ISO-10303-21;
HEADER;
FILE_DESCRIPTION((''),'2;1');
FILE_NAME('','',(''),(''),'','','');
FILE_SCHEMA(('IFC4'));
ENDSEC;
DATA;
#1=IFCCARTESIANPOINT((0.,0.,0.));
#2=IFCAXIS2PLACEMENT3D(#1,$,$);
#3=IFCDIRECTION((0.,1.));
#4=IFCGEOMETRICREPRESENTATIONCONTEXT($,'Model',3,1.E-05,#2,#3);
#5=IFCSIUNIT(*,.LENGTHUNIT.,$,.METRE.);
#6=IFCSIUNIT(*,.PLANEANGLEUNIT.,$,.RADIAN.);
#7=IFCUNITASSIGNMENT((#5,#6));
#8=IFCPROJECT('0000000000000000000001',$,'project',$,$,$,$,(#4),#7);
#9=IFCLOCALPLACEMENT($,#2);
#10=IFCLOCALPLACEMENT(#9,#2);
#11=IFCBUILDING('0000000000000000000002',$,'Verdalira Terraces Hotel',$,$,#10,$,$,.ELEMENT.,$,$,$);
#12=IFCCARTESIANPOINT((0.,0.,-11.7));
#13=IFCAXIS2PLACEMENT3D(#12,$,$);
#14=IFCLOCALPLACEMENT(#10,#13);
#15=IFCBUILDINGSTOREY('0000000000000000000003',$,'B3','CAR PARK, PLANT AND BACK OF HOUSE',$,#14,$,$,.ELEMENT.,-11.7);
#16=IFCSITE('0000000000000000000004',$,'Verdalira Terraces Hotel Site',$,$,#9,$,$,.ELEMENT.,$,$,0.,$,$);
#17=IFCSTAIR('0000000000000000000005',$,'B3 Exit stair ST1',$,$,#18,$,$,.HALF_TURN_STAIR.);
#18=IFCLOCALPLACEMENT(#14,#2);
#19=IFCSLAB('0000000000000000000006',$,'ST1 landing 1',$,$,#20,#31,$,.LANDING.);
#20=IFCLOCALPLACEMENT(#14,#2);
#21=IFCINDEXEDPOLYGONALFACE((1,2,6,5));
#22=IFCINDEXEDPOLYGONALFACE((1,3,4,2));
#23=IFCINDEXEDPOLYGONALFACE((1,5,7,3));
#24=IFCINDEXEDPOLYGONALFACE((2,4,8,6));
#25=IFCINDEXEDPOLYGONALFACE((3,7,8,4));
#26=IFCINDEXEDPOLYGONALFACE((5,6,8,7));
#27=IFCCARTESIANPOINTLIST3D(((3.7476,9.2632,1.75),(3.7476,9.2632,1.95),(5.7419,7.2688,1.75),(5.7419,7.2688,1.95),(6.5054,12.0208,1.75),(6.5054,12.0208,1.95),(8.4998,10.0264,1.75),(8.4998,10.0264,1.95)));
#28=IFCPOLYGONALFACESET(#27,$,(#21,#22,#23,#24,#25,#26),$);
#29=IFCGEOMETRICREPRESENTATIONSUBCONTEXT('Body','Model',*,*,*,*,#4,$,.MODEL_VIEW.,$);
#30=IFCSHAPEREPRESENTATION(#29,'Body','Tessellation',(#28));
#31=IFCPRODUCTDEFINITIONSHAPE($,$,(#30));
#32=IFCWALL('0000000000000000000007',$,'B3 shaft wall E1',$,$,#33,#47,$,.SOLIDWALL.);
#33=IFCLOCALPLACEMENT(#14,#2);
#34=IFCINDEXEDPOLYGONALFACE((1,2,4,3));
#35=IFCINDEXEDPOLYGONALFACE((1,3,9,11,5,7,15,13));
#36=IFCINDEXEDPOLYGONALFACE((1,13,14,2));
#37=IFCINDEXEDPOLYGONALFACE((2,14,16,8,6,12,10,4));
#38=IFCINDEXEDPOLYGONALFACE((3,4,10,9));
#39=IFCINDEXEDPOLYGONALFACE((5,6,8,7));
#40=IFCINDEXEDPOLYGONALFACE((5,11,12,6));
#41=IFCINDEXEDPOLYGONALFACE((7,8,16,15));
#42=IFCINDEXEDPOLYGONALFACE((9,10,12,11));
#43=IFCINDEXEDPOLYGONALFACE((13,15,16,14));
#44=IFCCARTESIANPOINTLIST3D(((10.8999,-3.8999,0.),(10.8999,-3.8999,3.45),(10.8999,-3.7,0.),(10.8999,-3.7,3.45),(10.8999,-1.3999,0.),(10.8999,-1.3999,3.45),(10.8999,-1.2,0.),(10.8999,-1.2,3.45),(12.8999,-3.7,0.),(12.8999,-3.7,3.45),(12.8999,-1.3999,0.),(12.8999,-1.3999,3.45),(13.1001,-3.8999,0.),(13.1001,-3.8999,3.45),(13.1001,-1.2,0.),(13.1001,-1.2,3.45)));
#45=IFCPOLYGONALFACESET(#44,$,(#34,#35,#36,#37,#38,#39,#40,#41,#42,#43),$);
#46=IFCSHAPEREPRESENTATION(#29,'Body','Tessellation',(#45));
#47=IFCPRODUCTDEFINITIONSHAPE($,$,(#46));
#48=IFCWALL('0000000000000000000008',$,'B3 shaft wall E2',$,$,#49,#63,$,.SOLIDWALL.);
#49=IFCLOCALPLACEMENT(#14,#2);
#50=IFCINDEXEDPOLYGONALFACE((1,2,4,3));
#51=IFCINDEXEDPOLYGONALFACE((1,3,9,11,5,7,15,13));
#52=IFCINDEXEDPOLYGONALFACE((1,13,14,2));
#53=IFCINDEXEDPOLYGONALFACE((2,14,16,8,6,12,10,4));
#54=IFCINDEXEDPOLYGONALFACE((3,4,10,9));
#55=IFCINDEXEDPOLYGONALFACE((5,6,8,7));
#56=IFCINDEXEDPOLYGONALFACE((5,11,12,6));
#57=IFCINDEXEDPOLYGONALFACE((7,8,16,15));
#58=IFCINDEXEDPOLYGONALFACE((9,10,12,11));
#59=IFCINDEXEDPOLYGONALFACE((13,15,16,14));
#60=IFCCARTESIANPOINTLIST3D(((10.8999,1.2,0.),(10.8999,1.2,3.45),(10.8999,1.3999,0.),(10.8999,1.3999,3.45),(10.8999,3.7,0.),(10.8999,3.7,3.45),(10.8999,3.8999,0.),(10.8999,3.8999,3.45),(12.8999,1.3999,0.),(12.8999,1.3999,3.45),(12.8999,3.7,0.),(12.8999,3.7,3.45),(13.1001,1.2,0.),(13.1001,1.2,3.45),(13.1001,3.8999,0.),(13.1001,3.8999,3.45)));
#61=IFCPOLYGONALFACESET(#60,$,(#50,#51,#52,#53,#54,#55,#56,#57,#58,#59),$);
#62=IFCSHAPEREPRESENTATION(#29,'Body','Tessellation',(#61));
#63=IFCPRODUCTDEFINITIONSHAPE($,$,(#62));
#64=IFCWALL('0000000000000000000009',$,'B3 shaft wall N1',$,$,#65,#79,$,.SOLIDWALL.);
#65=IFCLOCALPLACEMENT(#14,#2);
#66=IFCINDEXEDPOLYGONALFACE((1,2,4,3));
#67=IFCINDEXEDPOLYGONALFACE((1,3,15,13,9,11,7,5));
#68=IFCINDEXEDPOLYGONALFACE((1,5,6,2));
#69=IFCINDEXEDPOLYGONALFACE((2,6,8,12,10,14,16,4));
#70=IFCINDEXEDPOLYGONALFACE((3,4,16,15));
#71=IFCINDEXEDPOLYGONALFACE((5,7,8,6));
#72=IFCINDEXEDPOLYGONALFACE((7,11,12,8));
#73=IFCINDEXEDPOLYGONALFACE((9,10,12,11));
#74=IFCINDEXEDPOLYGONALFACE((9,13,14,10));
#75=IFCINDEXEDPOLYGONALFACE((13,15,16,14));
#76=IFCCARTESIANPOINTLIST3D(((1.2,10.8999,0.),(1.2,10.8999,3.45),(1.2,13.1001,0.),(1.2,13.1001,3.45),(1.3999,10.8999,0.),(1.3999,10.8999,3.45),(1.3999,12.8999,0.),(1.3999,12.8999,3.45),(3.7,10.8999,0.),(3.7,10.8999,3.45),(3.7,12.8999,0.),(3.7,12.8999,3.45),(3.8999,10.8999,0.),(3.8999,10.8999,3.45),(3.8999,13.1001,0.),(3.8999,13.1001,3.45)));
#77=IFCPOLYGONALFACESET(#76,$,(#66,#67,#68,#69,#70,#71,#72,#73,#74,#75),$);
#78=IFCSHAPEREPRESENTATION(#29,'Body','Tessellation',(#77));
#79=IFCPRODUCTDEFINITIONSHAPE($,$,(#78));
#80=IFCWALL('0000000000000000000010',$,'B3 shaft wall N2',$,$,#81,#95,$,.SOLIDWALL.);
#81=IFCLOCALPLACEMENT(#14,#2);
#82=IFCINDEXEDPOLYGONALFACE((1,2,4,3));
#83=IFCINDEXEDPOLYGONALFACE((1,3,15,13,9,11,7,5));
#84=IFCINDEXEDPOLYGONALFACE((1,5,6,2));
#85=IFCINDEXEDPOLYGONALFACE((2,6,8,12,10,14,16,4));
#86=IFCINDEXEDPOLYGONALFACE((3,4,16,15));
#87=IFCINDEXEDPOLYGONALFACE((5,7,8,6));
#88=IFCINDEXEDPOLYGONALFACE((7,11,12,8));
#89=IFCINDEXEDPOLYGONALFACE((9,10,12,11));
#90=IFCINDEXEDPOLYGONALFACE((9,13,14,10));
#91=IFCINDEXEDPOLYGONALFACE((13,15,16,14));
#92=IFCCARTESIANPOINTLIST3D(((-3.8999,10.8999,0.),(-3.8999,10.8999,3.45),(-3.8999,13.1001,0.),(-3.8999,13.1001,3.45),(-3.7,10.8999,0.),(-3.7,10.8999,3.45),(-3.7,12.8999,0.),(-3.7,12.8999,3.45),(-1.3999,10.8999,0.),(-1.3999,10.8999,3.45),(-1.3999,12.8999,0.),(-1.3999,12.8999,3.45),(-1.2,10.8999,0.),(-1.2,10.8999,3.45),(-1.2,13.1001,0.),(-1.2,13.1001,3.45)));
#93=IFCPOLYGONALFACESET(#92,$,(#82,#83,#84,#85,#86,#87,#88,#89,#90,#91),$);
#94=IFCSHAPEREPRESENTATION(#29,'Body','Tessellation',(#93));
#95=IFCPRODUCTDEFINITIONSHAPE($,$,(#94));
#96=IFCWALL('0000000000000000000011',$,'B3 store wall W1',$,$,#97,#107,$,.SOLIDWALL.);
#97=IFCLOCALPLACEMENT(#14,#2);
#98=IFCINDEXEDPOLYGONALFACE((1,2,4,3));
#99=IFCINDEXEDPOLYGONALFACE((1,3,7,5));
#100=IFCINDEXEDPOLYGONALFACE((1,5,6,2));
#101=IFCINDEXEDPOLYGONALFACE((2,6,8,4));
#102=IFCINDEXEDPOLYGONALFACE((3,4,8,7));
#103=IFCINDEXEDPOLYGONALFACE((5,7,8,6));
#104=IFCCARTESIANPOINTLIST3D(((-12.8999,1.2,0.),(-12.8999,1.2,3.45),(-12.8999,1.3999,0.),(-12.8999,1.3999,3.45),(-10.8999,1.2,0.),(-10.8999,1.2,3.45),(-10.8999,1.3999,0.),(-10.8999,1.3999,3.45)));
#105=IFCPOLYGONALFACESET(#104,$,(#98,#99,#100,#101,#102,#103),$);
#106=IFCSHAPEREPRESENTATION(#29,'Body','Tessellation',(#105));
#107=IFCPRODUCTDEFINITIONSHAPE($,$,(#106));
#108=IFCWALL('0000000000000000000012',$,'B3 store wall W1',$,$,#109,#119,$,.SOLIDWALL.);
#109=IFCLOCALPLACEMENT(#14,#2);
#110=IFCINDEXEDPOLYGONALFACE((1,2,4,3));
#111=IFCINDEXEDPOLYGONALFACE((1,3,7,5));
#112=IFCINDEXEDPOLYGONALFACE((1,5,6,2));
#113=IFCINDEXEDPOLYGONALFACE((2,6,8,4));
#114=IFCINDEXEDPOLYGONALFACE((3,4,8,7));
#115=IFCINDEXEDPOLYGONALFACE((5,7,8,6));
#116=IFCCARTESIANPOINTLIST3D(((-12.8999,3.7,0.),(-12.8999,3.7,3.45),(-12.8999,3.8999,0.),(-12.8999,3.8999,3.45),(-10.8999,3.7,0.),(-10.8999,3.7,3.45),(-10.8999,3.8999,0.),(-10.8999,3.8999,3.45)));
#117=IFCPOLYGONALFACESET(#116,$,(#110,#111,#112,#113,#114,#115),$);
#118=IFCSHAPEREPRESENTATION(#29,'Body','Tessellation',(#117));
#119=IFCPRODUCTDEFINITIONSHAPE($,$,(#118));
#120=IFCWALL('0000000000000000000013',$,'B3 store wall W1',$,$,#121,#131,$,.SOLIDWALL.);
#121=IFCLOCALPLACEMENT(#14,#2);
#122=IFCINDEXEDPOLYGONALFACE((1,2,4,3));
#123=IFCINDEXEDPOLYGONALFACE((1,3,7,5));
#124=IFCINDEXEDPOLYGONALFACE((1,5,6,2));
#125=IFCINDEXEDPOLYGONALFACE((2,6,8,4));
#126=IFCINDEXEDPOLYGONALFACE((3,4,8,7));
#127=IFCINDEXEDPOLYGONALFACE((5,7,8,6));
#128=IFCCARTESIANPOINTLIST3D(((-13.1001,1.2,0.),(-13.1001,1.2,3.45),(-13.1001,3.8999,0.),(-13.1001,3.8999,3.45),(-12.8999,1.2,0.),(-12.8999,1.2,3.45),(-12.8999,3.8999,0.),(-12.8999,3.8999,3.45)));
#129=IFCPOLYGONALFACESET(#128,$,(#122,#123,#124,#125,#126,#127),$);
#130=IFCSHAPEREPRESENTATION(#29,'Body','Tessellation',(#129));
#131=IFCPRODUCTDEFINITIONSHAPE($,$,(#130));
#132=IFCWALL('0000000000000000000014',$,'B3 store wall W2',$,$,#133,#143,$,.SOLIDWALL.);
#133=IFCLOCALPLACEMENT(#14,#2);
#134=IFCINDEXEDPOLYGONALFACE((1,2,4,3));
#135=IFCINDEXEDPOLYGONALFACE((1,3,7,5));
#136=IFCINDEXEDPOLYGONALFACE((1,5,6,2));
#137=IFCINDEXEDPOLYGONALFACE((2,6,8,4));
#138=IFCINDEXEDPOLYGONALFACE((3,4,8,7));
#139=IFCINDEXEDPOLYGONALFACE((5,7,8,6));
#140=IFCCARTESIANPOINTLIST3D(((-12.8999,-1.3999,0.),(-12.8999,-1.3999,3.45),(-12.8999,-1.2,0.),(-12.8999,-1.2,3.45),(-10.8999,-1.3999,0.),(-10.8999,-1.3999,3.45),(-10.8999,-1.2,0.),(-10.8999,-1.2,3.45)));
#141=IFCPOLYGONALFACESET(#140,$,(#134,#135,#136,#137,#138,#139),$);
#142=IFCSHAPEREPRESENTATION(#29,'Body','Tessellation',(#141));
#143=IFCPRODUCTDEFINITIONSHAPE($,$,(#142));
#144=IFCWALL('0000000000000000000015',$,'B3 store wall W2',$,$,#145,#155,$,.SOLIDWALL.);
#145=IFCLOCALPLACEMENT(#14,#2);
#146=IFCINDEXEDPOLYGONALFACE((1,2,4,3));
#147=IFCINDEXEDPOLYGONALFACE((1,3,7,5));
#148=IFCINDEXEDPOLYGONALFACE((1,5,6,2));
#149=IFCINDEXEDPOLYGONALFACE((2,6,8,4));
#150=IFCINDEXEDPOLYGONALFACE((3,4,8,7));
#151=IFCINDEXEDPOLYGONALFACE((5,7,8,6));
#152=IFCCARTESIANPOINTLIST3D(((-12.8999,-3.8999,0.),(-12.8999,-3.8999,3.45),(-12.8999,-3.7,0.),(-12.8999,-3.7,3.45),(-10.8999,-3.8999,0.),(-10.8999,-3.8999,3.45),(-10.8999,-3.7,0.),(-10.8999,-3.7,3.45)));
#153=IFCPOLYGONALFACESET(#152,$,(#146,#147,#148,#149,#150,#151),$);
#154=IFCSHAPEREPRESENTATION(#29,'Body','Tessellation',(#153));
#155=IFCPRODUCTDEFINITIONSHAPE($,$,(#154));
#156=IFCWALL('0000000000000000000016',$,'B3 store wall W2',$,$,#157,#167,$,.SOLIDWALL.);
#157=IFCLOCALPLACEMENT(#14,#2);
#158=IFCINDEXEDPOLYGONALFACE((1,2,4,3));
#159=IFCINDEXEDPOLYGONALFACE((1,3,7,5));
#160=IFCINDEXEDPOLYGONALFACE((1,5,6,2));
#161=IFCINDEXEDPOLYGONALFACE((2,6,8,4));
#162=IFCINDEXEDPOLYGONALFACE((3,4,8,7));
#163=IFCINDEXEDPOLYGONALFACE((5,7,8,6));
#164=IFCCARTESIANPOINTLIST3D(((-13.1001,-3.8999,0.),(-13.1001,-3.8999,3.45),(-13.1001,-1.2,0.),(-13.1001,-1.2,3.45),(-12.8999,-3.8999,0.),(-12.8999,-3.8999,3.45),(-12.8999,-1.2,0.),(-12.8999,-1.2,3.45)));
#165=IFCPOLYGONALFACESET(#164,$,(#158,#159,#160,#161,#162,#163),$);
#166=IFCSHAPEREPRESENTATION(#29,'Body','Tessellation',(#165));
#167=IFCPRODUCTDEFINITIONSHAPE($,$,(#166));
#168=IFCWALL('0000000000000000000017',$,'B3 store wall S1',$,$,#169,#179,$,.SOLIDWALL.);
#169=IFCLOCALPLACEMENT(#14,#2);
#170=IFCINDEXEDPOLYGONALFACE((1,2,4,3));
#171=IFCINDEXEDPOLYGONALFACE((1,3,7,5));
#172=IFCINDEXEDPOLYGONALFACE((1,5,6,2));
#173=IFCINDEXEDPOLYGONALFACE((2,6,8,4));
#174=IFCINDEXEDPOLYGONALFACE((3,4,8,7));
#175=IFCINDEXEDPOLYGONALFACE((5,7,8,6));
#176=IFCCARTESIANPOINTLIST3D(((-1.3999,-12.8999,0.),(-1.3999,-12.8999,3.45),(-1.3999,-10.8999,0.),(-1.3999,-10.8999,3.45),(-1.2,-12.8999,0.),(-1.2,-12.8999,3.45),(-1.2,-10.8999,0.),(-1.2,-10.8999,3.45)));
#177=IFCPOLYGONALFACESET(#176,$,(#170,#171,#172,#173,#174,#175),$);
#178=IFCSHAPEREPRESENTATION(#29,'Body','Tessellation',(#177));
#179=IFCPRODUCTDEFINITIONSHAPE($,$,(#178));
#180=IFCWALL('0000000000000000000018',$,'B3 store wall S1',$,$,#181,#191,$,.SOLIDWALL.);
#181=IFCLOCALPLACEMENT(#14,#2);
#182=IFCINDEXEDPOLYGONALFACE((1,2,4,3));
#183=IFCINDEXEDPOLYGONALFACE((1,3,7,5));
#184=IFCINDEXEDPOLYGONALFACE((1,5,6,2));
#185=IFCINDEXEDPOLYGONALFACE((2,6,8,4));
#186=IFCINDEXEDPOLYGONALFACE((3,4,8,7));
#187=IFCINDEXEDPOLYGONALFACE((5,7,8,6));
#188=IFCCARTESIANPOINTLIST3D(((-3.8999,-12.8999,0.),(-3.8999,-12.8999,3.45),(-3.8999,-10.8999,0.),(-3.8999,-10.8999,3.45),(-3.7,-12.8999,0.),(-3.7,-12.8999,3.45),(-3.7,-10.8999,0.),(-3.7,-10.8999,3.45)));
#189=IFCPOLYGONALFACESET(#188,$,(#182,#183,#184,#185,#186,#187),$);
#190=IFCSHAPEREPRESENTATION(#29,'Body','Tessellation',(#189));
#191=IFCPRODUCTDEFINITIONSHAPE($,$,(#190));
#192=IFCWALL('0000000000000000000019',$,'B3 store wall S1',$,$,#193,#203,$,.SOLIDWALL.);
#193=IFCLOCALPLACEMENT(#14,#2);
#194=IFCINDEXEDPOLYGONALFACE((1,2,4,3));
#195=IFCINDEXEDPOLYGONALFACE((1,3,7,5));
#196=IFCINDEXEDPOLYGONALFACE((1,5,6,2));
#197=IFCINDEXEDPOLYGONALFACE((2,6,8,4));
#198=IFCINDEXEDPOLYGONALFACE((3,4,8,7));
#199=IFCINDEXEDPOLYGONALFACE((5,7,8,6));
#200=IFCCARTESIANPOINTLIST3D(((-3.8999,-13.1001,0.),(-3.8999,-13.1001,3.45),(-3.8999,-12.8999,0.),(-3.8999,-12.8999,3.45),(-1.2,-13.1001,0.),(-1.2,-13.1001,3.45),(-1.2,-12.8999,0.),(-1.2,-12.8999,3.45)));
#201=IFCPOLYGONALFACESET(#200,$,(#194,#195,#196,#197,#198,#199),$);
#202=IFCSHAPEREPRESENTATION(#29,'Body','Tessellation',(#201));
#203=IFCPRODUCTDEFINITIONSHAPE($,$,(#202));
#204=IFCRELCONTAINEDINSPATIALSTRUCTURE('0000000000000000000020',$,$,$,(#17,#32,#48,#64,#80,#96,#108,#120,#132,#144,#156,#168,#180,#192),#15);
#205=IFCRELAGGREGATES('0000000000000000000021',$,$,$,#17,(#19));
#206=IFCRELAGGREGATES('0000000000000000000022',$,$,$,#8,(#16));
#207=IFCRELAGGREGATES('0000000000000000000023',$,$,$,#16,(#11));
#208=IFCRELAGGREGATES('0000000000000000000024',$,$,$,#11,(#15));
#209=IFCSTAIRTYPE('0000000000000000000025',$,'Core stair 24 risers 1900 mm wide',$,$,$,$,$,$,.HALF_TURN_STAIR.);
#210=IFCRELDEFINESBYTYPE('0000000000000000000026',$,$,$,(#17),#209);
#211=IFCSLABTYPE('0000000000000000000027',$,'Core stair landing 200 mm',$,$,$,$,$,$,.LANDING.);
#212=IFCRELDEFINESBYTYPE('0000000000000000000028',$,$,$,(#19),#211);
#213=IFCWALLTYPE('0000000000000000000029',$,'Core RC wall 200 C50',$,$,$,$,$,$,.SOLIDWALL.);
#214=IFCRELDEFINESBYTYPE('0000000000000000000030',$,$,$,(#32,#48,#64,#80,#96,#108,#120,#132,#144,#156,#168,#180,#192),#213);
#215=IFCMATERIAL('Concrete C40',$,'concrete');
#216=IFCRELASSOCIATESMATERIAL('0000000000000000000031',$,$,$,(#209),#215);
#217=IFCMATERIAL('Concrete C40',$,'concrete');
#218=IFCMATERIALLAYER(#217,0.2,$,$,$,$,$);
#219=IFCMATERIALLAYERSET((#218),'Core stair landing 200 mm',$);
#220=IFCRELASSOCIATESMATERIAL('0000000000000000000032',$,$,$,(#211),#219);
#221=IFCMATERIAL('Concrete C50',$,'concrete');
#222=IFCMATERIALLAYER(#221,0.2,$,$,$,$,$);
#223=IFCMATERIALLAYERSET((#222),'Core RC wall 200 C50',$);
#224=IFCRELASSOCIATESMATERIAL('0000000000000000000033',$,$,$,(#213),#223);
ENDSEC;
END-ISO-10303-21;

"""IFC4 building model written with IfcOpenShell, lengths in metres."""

from ifc_helpers import new_model, si_unit, direction, frame, origin, place, context, subcontext, project, spatial, polyline, outline, extrude, material, layer, layer_set, type_object, element, aggregate, save


model = new_model("IFC4")

# Units and contexts
model_context = context("Model", 3, precision=1e-05, world=origin(), true_north=direction((0.0, 1.0)))
body_context = subcontext(model_context, "Body", "Model", "MODEL_VIEW")
ifc_project = project(units=[si_unit("LENGTHUNIT", "METRE"), si_unit("PLANEANGLEUNIT", "RADIAN")], contexts=[model_context])

# Site, building, storey
site_placement = place(None, origin())
site = spatial("IfcSite", under=ifc_project, at=site_placement, Name="Verdalira Terraces Hotel Site", CompositionType="ELEMENT", RefElevation=0.0)
building_placement = place(site_placement, origin())
building = spatial("IfcBuilding", under=site, at=building_placement, Name="Verdalira Terraces Hotel", CompositionType="ELEMENT")
storey_placement = place(building_placement, frame((0.0, 0.0, -11.7)))
storey = spatial("IfcBuildingStorey", under=building, at=storey_placement, Name="B3", Description="CAR PARK, PLANT AND BACK OF HOUSE", CompositionType="ELEMENT", Elevation=-11.7)

# Stair, slab
ifc_material_1 = material(Name="Concrete C40", Category="concrete")
stair_type_1 = type_object("IfcStairType", Name="Core stair 24 risers 1900 mm wide", PredefinedType="HALF_TURN_STAIR", material=ifc_material_1)
stair_1_placement = place(storey_placement, origin())
stair_1 = element("IfcStair", 1, at=stair_1_placement, inside=storey, type_object=stair_type_1, Name="B3 Exit stair ST1", PredefinedType="HALF_TURN_STAIR")
ifc_material_2 = material(Name="Concrete C40", Category="concrete")
ifc_layer_1 = layer(ifc_material_2, 0.2)
ifc_layer_set_1 = layer_set([ifc_layer_1], Name="Core stair landing 200 mm")
slab_type_1 = type_object("IfcSlabType", Name="Core stair landing 200 mm", PredefinedType="LANDING", material=ifc_layer_set_1)
slab_1_placement = place(storey_placement, frame((0.0, 0.0, 1.75)))
slab_1 = element("IfcSlab", 2, at=slab_1_placement, type_object=slab_type_1, Name="ST1 landing 1", PredefinedType="LANDING", context=body_context, shape_type="SweptSolid", body=[
    extrude(outline(polyline([(8.4998, 10.0264), (6.5054, 12.0208), (3.7476, 9.2632), (5.7419, 7.2688), (8.4998, 10.0264)])), origin(), (0.0, 0.0, 1.0), 0.2),
])
aggregate(stair_1, [slab_1])

# Walls
ifc_material_3 = material(Name="Concrete C50", Category="concrete")
ifc_layer_2 = layer(ifc_material_3, 0.2)
ifc_layer_set_2 = layer_set([ifc_layer_2], Name="Core RC wall 200 C50")
wall_type = type_object("IfcWallType", Name="Core RC wall 200 C50", PredefinedType="SOLIDWALL", material=ifc_layer_set_2)
wall_1_placement = place(storey_placement, origin())
element("IfcWall", 3, at=wall_1_placement, inside=storey, type_object=wall_type, Name="B3 shaft wall E1", PredefinedType="SOLIDWALL", context=body_context, shape_type="SweptSolid", body=[
    extrude(outline(polyline([(13.1001, -3.8999), (10.8999, -3.8999), (10.8999, -3.7), (12.8999, -3.7), (12.8999, -1.3999), (10.8999, -1.3999), (10.8999, -1.2), (13.1001, -1.2), (13.1001, -3.8999)])), origin(), (0.0, 0.0, 1.0), 3.45),
])
wall_2_placement = place(storey_placement, origin())
element("IfcWall", 4, at=wall_2_placement, inside=storey, type_object=wall_type, Name="B3 shaft wall E2", PredefinedType="SOLIDWALL", context=body_context, shape_type="SweptSolid", body=[
    extrude(outline(polyline([(13.1001, 3.8999), (13.1001, 1.2), (10.8999, 1.2), (10.8999, 1.3999), (12.8999, 1.3999), (12.8999, 3.7), (10.8999, 3.7), (10.8999, 3.8999), (13.1001, 3.8999)])), origin(), (0.0, 0.0, 1.0), 3.45),
])
wall_3_placement = place(storey_placement, origin())
element("IfcWall", 5, at=wall_3_placement, inside=storey, type_object=wall_type, Name="B3 shaft wall N1", PredefinedType="SOLIDWALL", context=body_context, shape_type="SweptSolid", body=[
    extrude(outline(polyline([(3.8999, 13.1001), (3.8999, 10.8999), (3.7, 10.8999), (3.7, 12.8999), (1.3999, 12.8999), (1.3999, 10.8999), (1.2, 10.8999), (1.2, 13.1001), (3.8999, 13.1001)])), origin(), (0.0, 0.0, 1.0), 3.45),
])
wall_4_placement = place(storey_placement, origin())
element("IfcWall", 6, at=wall_4_placement, inside=storey, type_object=wall_type, Name="B3 shaft wall N2", PredefinedType="SOLIDWALL", context=body_context, shape_type="SweptSolid", body=[
    extrude(outline(polyline([(-3.8999, 10.8999), (-3.8999, 13.1001), (-1.2, 13.1001), (-1.2, 10.8999), (-1.3999, 10.8999), (-1.3999, 12.8999), (-3.7, 12.8999), (-3.7, 10.8999), (-3.8999, 10.8999)])), origin(), (0.0, 0.0, 1.0), 3.45),
])
wall_5_placement = place(storey_placement, origin())
element("IfcWall", 7, at=wall_5_placement, inside=storey, type_object=wall_type, Name="B3 store wall W1", PredefinedType="SOLIDWALL", context=body_context, shape_type="SweptSolid", body=[
    extrude(outline(polyline([(-10.8999, 1.2), (-12.8999, 1.2), (-12.8999, 1.3999), (-10.8999, 1.3999), (-10.8999, 1.2)])), origin(), (0.0, 0.0, 1.0), 3.45),
])
wall_6_placement = place(storey_placement, origin())
element("IfcWall", 8, at=wall_6_placement, inside=storey, type_object=wall_type, Name="B3 store wall W1", PredefinedType="SOLIDWALL", context=body_context, shape_type="SweptSolid", body=[
    extrude(outline(polyline([(-10.8999, 3.7), (-12.8999, 3.7), (-12.8999, 3.8999), (-10.8999, 3.8999), (-10.8999, 3.7)])), origin(), (0.0, 0.0, 1.0), 3.45),
])
wall_7_placement = place(storey_placement, origin())
element("IfcWall", 9, at=wall_7_placement, inside=storey, type_object=wall_type, Name="B3 store wall W1", PredefinedType="SOLIDWALL", context=body_context, shape_type="SweptSolid", body=[
    extrude(outline(polyline([(-12.8999, 1.2), (-13.1001, 1.2), (-13.1001, 3.8999), (-12.8999, 3.8999), (-12.8999, 1.2)])), origin(), (0.0, 0.0, 1.0), 3.45),
])
wall_8_placement = place(storey_placement, origin())
element("IfcWall", 10, at=wall_8_placement, inside=storey, type_object=wall_type, Name="B3 store wall W2", PredefinedType="SOLIDWALL", context=body_context, shape_type="SweptSolid", body=[
    extrude(outline(polyline([(-10.8999, -1.2), (-10.8999, -1.3999), (-12.8999, -1.3999), (-12.8999, -1.2), (-10.8999, -1.2)])), origin(), (0.0, 0.0, 1.0), 3.45),
])
wall_9_placement = place(storey_placement, origin())
element("IfcWall", 11, at=wall_9_placement, inside=storey, type_object=wall_type, Name="B3 store wall W2", PredefinedType="SOLIDWALL", context=body_context, shape_type="SweptSolid", body=[
    extrude(outline(polyline([(-10.8999, -3.7), (-10.8999, -3.8999), (-12.8999, -3.8999), (-12.8999, -3.7), (-10.8999, -3.7)])), origin(), (0.0, 0.0, 1.0), 3.45),
])
wall_10_placement = place(storey_placement, origin())
element("IfcWall", 12, at=wall_10_placement, inside=storey, type_object=wall_type, Name="B3 store wall W2", PredefinedType="SOLIDWALL", context=body_context, shape_type="SweptSolid", body=[
    extrude(outline(polyline([(-12.8999, -1.2), (-12.8999, -3.8999), (-13.1001, -3.8999), (-13.1001, -1.2), (-12.8999, -1.2)])), origin(), (0.0, 0.0, 1.0), 3.45),
])
wall_11_placement = place(storey_placement, origin())
element("IfcWall", 13, at=wall_11_placement, inside=storey, type_object=wall_type, Name="B3 store wall S1", PredefinedType="SOLIDWALL", context=body_context, shape_type="SweptSolid", body=[
    extrude(outline(polyline([(-1.2, -10.8999), (-1.2, -12.8999), (-1.3999, -12.8999), (-1.3999, -10.8999), (-1.2, -10.8999)])), origin(), (0.0, 0.0, 1.0), 3.45),
])
wall_12_placement = place(storey_placement, origin())
element("IfcWall", 14, at=wall_12_placement, inside=storey, type_object=wall_type, Name="B3 store wall S1", PredefinedType="SOLIDWALL", context=body_context, shape_type="SweptSolid", body=[
    extrude(outline(polyline([(-3.7, -10.8999), (-3.7, -12.8999), (-3.8999, -12.8999), (-3.8999, -10.8999), (-3.7, -10.8999)])), origin(), (0.0, 0.0, 1.0), 3.45),
])
wall_13_placement = place(storey_placement, origin())
element("IfcWall", 15, at=wall_13_placement, inside=storey, type_object=wall_type, Name="B3 store wall S1", PredefinedType="SOLIDWALL", context=body_context, shape_type="SweptSolid", body=[
    extrude(outline(polyline([(-1.2, -12.8999), (-1.2, -13.1001), (-3.8999, -13.1001), (-3.8999, -12.8999), (-1.2, -12.8999)])), origin(), (0.0, 0.0, 1.0), 3.45),
])

save(model, "model.ifc")
